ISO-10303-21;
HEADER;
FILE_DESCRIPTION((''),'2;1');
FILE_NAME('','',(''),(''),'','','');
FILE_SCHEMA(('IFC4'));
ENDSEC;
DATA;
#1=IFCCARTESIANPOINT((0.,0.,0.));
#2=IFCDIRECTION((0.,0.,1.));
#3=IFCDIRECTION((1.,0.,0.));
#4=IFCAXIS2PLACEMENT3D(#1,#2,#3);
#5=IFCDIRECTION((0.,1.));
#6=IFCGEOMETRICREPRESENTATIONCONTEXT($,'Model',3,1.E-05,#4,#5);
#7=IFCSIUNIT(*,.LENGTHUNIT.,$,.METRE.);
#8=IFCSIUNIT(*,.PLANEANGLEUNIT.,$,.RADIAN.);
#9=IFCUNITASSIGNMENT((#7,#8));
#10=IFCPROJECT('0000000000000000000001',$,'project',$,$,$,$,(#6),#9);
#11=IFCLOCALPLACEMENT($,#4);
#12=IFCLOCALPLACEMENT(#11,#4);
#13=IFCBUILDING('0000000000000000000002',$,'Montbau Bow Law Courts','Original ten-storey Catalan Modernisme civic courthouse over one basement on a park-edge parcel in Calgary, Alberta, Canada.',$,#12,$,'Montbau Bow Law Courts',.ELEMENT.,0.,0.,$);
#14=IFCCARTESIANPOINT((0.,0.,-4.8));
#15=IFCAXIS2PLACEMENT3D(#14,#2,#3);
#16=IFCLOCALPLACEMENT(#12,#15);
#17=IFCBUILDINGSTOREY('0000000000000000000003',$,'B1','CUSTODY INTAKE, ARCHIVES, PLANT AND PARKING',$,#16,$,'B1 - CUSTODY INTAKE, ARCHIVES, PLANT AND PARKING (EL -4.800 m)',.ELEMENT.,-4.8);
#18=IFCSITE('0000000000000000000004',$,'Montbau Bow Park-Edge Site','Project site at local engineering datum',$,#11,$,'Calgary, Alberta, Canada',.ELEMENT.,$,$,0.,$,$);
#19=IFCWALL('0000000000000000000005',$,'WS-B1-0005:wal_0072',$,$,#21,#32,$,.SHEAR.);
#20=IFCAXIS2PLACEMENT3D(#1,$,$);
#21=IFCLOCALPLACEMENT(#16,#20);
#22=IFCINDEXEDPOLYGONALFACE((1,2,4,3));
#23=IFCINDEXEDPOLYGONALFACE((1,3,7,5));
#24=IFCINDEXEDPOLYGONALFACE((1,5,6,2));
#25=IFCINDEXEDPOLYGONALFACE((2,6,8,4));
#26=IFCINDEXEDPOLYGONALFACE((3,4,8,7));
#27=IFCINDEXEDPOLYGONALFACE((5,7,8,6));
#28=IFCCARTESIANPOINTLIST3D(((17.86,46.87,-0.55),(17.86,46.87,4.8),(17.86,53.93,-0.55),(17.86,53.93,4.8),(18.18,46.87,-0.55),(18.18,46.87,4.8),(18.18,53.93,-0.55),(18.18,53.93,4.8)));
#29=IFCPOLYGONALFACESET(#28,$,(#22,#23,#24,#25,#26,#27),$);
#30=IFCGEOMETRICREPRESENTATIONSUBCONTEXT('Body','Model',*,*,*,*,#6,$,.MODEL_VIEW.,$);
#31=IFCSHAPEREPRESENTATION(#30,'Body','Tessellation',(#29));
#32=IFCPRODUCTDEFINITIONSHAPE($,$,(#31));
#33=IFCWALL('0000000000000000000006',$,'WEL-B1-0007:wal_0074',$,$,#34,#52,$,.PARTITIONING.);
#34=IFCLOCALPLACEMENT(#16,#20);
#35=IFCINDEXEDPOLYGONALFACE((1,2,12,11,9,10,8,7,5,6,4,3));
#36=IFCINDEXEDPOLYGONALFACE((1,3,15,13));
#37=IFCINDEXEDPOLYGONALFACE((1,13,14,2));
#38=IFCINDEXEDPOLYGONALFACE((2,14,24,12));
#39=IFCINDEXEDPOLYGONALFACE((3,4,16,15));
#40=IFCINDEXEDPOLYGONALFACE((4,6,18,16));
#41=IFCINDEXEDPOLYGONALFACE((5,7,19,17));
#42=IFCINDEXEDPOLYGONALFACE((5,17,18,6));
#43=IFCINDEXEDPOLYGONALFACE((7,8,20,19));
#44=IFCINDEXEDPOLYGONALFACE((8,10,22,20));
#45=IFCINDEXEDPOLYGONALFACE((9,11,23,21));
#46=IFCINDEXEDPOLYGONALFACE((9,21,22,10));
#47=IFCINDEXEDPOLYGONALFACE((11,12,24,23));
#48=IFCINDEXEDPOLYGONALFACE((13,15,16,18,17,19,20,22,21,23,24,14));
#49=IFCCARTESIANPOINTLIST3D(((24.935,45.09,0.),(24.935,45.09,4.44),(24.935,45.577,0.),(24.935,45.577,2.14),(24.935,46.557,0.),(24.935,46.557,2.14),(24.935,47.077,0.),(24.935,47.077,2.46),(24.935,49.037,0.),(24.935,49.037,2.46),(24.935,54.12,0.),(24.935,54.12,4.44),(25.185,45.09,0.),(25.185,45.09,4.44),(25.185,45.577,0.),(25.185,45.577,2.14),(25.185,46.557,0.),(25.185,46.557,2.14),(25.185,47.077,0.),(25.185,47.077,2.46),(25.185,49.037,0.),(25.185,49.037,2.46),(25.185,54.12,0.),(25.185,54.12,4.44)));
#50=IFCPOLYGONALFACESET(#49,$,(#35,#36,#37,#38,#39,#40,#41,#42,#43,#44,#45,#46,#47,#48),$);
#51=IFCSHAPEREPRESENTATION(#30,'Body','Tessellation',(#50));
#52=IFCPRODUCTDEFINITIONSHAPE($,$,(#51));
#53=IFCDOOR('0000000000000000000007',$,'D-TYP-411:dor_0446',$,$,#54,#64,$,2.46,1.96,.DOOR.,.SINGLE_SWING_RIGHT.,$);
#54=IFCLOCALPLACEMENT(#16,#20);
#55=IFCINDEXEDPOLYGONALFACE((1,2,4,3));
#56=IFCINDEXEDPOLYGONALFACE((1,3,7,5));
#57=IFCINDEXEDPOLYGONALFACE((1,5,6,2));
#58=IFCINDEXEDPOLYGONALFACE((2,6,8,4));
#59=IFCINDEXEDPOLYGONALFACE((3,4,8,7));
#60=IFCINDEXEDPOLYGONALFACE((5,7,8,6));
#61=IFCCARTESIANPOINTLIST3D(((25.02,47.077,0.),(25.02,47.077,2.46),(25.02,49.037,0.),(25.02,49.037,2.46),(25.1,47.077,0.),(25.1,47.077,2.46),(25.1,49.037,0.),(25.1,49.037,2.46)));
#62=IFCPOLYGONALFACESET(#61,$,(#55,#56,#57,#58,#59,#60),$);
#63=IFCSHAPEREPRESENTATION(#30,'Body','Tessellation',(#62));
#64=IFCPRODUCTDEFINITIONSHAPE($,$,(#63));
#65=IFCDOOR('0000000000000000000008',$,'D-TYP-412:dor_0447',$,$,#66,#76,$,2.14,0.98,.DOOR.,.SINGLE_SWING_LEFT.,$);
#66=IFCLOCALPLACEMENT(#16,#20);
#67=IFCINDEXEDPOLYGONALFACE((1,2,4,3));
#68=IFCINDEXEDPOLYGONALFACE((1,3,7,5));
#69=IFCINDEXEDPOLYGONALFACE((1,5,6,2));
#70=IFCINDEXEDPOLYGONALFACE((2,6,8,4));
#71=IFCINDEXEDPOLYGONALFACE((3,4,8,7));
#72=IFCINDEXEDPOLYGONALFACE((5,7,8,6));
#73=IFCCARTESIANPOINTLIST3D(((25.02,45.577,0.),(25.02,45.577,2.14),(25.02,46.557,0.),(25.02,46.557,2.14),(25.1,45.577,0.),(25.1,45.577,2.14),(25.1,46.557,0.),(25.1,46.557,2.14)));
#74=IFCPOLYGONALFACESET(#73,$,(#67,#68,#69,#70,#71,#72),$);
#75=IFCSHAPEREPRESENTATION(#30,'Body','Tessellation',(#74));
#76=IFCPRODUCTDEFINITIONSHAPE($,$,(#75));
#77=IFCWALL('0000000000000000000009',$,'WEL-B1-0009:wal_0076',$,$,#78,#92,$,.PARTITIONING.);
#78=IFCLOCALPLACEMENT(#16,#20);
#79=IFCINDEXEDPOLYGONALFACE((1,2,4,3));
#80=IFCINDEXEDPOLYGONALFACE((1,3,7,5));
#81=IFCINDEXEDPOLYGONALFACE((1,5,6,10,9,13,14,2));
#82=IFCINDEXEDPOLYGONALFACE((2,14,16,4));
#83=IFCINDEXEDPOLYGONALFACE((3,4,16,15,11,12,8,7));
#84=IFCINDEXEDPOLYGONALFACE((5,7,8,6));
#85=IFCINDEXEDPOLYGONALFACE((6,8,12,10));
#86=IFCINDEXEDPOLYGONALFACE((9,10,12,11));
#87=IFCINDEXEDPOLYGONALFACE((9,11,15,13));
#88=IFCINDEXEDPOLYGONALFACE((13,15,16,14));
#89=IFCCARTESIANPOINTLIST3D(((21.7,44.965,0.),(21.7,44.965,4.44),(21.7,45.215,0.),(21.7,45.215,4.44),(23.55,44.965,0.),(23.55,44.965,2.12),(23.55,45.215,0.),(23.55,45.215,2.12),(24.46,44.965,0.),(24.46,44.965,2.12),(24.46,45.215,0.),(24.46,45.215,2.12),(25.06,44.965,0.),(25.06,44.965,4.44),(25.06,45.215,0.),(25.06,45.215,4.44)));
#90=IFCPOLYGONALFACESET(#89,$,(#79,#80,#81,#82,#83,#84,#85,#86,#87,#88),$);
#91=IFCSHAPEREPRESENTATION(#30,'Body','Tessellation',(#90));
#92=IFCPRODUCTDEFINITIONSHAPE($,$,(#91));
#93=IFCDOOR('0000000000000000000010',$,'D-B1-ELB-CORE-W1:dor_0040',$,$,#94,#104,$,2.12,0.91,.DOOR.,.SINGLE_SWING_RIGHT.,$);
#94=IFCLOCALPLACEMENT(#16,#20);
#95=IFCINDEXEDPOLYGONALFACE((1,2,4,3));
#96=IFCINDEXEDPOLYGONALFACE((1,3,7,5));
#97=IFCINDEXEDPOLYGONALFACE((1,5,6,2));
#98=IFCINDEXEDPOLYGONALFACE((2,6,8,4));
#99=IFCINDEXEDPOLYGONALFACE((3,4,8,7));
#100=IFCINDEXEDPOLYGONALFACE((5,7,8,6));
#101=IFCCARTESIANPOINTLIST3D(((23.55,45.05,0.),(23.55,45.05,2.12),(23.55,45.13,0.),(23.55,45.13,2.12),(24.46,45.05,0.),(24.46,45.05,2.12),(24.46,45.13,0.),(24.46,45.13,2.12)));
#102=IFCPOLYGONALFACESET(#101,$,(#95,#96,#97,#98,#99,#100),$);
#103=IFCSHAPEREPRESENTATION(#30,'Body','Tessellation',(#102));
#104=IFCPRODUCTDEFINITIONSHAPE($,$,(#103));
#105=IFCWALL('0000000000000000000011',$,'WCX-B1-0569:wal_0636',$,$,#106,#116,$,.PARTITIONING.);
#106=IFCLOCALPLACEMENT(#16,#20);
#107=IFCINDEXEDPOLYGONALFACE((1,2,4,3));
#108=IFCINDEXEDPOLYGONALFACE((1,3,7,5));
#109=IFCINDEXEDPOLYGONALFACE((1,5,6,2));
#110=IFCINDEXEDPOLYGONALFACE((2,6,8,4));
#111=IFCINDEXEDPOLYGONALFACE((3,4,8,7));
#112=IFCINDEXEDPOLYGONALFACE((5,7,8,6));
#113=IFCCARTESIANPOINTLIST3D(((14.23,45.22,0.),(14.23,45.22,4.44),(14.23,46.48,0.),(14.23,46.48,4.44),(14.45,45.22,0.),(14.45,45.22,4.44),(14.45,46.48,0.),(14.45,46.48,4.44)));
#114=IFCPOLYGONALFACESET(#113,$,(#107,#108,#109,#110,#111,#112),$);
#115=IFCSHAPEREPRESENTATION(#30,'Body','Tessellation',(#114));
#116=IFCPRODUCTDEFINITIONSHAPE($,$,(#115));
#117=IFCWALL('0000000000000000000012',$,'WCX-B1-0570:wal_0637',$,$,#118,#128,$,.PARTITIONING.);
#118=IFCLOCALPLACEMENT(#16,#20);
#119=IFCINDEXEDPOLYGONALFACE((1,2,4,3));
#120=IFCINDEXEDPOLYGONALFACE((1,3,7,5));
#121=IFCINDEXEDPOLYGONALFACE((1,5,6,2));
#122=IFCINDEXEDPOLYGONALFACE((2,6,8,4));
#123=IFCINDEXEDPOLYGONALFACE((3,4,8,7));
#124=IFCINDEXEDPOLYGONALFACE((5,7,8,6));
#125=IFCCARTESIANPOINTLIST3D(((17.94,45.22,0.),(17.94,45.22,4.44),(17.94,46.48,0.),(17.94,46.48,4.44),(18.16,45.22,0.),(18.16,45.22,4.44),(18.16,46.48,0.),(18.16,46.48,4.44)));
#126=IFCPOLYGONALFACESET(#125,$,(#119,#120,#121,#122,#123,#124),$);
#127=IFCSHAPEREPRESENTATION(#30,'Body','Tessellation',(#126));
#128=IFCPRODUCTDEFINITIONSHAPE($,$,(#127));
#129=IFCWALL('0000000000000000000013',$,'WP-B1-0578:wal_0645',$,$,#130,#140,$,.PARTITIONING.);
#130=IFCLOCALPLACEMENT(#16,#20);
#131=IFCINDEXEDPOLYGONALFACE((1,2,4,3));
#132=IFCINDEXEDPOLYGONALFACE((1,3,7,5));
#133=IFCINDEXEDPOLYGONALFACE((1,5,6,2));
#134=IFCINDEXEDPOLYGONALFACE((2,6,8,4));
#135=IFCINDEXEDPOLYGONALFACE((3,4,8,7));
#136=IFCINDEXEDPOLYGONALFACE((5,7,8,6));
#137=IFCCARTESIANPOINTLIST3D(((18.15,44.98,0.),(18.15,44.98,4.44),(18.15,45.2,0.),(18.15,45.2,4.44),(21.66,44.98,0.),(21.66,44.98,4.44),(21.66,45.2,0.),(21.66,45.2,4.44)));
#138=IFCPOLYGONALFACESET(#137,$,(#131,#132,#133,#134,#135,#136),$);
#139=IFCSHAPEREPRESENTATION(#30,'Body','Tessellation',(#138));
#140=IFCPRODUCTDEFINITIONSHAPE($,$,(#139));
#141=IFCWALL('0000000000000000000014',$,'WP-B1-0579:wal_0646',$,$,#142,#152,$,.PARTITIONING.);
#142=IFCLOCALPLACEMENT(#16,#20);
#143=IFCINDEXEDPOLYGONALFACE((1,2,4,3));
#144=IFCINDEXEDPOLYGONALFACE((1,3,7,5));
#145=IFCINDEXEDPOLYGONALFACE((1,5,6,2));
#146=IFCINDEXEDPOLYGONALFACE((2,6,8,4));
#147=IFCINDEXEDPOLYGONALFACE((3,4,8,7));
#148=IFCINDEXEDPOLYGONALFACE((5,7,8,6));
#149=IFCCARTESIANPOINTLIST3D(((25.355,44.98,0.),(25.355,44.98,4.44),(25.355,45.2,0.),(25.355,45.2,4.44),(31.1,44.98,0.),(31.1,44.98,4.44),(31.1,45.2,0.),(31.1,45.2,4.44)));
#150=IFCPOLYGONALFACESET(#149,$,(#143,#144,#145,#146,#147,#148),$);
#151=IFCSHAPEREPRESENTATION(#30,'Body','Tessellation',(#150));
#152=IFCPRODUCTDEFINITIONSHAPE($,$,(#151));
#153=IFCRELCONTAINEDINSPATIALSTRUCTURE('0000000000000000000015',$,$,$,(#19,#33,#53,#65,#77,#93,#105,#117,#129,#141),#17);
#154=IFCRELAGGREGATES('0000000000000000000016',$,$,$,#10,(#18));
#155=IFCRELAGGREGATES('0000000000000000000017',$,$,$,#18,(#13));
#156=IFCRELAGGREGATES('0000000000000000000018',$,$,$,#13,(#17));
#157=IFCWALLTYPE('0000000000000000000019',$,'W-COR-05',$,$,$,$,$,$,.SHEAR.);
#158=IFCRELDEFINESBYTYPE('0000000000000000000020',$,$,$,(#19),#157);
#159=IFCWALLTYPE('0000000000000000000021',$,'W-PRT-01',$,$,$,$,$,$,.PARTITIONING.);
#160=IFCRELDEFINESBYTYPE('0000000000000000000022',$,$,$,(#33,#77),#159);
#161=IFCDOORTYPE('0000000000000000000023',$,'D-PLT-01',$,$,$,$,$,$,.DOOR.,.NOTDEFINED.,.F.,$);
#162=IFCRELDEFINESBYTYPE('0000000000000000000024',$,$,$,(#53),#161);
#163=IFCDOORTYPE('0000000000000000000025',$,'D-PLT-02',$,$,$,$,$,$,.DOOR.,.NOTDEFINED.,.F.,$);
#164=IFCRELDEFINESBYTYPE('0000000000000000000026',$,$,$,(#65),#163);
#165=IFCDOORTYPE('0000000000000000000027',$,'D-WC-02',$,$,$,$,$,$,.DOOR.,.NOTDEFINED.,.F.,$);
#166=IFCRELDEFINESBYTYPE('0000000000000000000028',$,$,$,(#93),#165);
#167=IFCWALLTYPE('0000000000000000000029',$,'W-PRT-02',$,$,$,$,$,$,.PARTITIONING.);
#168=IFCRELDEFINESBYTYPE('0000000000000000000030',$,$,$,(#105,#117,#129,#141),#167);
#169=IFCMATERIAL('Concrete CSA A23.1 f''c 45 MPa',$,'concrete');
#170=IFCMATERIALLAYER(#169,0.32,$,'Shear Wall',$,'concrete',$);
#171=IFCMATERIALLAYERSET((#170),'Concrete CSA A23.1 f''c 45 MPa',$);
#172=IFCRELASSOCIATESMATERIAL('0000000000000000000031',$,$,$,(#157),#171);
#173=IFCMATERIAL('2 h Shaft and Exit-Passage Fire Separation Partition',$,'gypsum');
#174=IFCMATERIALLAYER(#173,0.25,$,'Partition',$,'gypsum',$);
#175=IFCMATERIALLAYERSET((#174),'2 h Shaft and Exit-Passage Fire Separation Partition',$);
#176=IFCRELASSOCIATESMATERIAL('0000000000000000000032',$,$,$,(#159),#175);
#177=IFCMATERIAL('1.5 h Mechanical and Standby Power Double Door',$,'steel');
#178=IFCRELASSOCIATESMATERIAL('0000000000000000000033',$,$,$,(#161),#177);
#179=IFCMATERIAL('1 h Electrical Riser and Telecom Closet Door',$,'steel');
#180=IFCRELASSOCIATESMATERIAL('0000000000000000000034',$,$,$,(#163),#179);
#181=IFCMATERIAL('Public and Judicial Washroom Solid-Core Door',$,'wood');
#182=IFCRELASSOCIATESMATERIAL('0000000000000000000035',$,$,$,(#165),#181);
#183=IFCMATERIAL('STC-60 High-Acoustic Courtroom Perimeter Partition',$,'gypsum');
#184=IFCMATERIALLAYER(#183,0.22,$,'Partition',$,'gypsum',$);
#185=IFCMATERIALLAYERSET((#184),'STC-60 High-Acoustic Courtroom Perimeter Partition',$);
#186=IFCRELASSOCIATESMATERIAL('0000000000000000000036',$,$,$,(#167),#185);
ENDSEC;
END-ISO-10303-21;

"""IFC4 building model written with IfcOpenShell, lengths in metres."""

from ifc_helpers import new_model, si_unit, direction, frame, frame_2d, origin_with_axes, place, context, subcontext, project, spatial, rectangle, extrude, material, layer, layer_set, type_object, element, fill, save


model = new_model("IFC4")

# Units and contexts
model_context = context("Model", 3, precision=1e-05, world=origin_with_axes(), true_north=direction((0.0, 1.0)))
body_context = subcontext(model_context, "Body", "Model", "MODEL_VIEW")
ifc_project = project(units=[si_unit("LENGTHUNIT", "METRE"), si_unit("PLANEANGLEUNIT", "RADIAN")], contexts=[model_context])

# Site, building, storey
site_placement = place(None, origin_with_axes())
site = spatial("IfcSite", under=ifc_project, at=site_placement, Name="Montbau Bow Park-Edge Site", Description="Project site at local engineering datum", LongName="Calgary, Alberta, Canada", CompositionType="ELEMENT", RefElevation=0.0)
building_placement = place(site_placement, origin_with_axes())
building = spatial("IfcBuilding", under=site, at=building_placement, Name="Montbau Bow Law Courts", Description="Original ten-storey Catalan Modernisme civic courthouse over one basement on a park-edge parcel in Calgary, Alberta, Canada.", LongName="Montbau Bow Law Courts", CompositionType="ELEMENT", ElevationOfRefHeight=0.0, ElevationOfTerrain=0.0)
storey_placement = place(building_placement, frame((0.0, 0.0, -4.8), z_axis=(0.0, 0.0, 1.0), x_axis=(1.0, 0.0, 0.0)))
storey = spatial("IfcBuildingStorey", under=building, at=storey_placement, Name="B1", Description="CUSTODY INTAKE, ARCHIVES, PLANT AND PARKING", LongName="B1 - CUSTODY INTAKE, ARCHIVES, PLANT AND PARKING (EL -4.800 m)", CompositionType="ELEMENT", Elevation=-4.8)

# Shared definitions
ifc_material_1 = material(Name="Concrete CSA A23.1 f'c 45 MPa", Category="concrete")

# Wall
ifc_layer_1 = layer(ifc_material_1, 0.32, Name="Shear Wall", Category="concrete")
ifc_layer_set_1 = layer_set([ifc_layer_1], Name="Concrete CSA A23.1 f'c 45 MPa")
wall_type_1 = type_object("IfcWallType", Name="W-COR-05", PredefinedType="SHEAR", material=ifc_layer_set_1)
wall_1_placement = place(None, frame((18.02, 46.87, -5.35), z_axis=(0.0, 0.0, 1.0), x_axis=(0.0, 1.0, 0.0)))
element("IfcWall", 1, at=wall_1_placement, inside=storey, type_object=wall_type_1, Name="WS-B1-0005:wal_0072", PredefinedType="SHEAR", context=body_context, shape_type="SweptSolid", body=[
    extrude(rectangle(XDim=7.06, YDim=0.32, at=frame_2d((3.53, 0.0), x_axis=(1.0, 0.0))), origin_with_axes(), (0.0, 0.0, 1.0), 5.35),
])

# Wall, openings, doors
ifc_material_2 = material(Name="2 h Shaft and Exit-Passage Fire Separation Partition", Category="gypsum")
ifc_layer_2 = layer(ifc_material_2, 0.25, Name="Partition", Category="gypsum")
ifc_layer_set_2 = layer_set([ifc_layer_2], Name="2 h Shaft and Exit-Passage Fire Separation Partition")
wall_type_2 = type_object("IfcWallType", Name="W-PRT-01", PredefinedType="PARTITIONING", material=ifc_layer_set_2)
wall_2_placement = place(None, frame((25.06, 45.09, -4.8), z_axis=(0.0, 0.0, 1.0), x_axis=(0.0, 1.0, 0.0)))
wall_2 = element("IfcWall", 2, at=wall_2_placement, inside=storey, type_object=wall_type_2, Name="WEL-B1-0007:wal_0074", PredefinedType="PARTITIONING", context=body_context, shape_type="SweptSolid", body=[
    extrude(rectangle(XDim=9.03, YDim=0.25, at=frame_2d((4.515, 0.0), x_axis=(1.0, 0.0))), origin_with_axes(), (0.0, 0.0, 1.0), 4.44),
])
opening_1_placement = place(None, frame((25.06, 48.057, -4.8), z_axis=(0.0, 0.0, 1.0), x_axis=(0.0, 1.0, 0.0)))
opening_1 = element("IfcOpeningElement", 3, at=opening_1_placement, cuts=wall_2, PredefinedType="OPENING", context=body_context, shape_type="SweptSolid", body=[
    extrude(rectangle(XDim=1.96, YDim=2.46, at=frame_2d((0.0, 1.23), x_axis=(1.0, 0.0))), frame((0.0, 0.135, 0.0), z_axis=(0.0, -1.0, 0.0), x_axis=(1.0, 0.0, 0.0)), (0.0, 0.0, 1.0), 0.27),
])
opening_2_placement = place(None, frame((25.06, 46.067, -4.8), z_axis=(0.0, 0.0, 1.0), x_axis=(0.0, 1.0, 0.0)))
opening_2 = element("IfcOpeningElement", 4, at=opening_2_placement, cuts=wall_2, PredefinedType="OPENING", context=body_context, shape_type="SweptSolid", body=[
    extrude(rectangle(XDim=0.98, YDim=2.14, at=frame_2d((0.0, 1.07), x_axis=(1.0, 0.0))), frame((0.0, 0.135, 0.0), z_axis=(0.0, -1.0, 0.0), x_axis=(1.0, 0.0, 0.0)), (0.0, 0.0, 1.0), 0.27),
])
ifc_material_3 = material(Name="1.5 h Mechanical and Standby Power Double Door", Category="steel")
door_type_1 = type_object("IfcDoorType", Name="D-PLT-01", OperationType="NOTDEFINED", ParameterTakesPrecedence=False, PredefinedType="DOOR", material=ifc_material_3)
door_1_placement = place(None, frame((25.06, 48.057, -4.8), z_axis=(0.0, 0.0, 1.0), x_axis=(0.0, 1.0, 0.0)))
door_1 = element("IfcDoor", 5, at=door_1_placement, inside=storey, type_object=door_type_1, Name="D-TYP-411:dor_0446", OperationType="SINGLE_SWING_RIGHT", OverallHeight=2.46, OverallWidth=1.96, PredefinedType="DOOR", context=body_context, shape_type="SweptSolid", body=[
    extrude(rectangle(XDim=1.96, YDim=2.46, at=frame_2d((0.0, 1.23), x_axis=(1.0, 0.0))), frame((0.0, 0.04, 0.0), z_axis=(0.0, -1.0, 0.0), x_axis=(1.0, 0.0, 0.0)), (0.0, 0.0, 1.0), 0.08),
])
fill(opening_1, door_1)
ifc_material_4 = material(Name="1 h Electrical Riser and Telecom Closet Door", Category="steel")
door_type_2 = type_object("IfcDoorType", Name="D-PLT-02", OperationType="NOTDEFINED", ParameterTakesPrecedence=False, PredefinedType="DOOR", material=ifc_material_4)
door_2_placement = place(None, frame((25.06, 46.067, -4.8), z_axis=(0.0, 0.0, 1.0), x_axis=(0.0, 1.0, 0.0)))
door_2 = element("IfcDoor", 6, at=door_2_placement, inside=storey, type_object=door_type_2, Name="D-TYP-412:dor_0447", OperationType="SINGLE_SWING_LEFT", OverallHeight=2.14, OverallWidth=0.98, PredefinedType="DOOR", context=body_context, shape_type="SweptSolid", body=[
    extrude(rectangle(XDim=0.98, YDim=2.14, at=frame_2d((0.0, 1.07), x_axis=(1.0, 0.0))), frame((0.0, 0.04, 0.0), z_axis=(0.0, -1.0, 0.0), x_axis=(1.0, 0.0, 0.0)), (0.0, 0.0, 1.0), 0.08),
])
fill(opening_2, door_2)

# Wall, opening, door
wall_3_placement = place(None, frame((21.7, 45.09, -4.8), z_axis=(0.0, 0.0, 1.0), x_axis=(1.0, 0.0, 0.0)))
wall_3 = element("IfcWall", 7, at=wall_3_placement, inside=storey, type_object=wall_type_2, Name="WEL-B1-0009:wal_0076", PredefinedType="PARTITIONING", context=body_context, shape_type="SweptSolid", body=[
    extrude(rectangle(XDim=3.36, YDim=0.25, at=frame_2d((1.68, 0.0), x_axis=(1.0, 0.0))), origin_with_axes(), (0.0, 0.0, 1.0), 4.44),
])
opening_3_placement = place(None, frame((24.005, 45.09, -4.8), z_axis=(0.0, 0.0, 1.0), x_axis=(1.0, 0.0, 0.0)))
opening_3 = element("IfcOpeningElement", 8, at=opening_3_placement, cuts=wall_3, PredefinedType="OPENING", context=body_context, shape_type="SweptSolid", body=[
    extrude(rectangle(XDim=0.91, YDim=2.12, at=frame_2d((0.0, 1.06), x_axis=(1.0, 0.0))), frame((0.0, 0.135, 0.0), z_axis=(0.0, -1.0, 0.0), x_axis=(1.0, 0.0, 0.0)), (0.0, 0.0, 1.0), 0.27),
])
ifc_material_5 = material(Name="Public and Judicial Washroom Solid-Core Door", Category="wood")
door_type_3 = type_object("IfcDoorType", Name="D-WC-02", OperationType="NOTDEFINED", ParameterTakesPrecedence=False, PredefinedType="DOOR", material=ifc_material_5)
door_3_placement = place(None, frame((24.005, 45.09, -4.8), z_axis=(0.0, 0.0, 1.0), x_axis=(1.0, 0.0, 0.0)))
door_3 = element("IfcDoor", 9, at=door_3_placement, inside=storey, type_object=door_type_3, Name="D-B1-ELB-CORE-W1:dor_0040", OperationType="SINGLE_SWING_RIGHT", OverallHeight=2.12, OverallWidth=0.91, PredefinedType="DOOR", context=body_context, shape_type="SweptSolid", body=[
    extrude(rectangle(XDim=0.91, YDim=2.12, at=frame_2d((0.0, 1.06), x_axis=(1.0, 0.0))), frame((0.0, 0.04, 0.0), z_axis=(0.0, -1.0, 0.0), x_axis=(1.0, 0.0, 0.0)), (0.0, 0.0, 1.0), 0.08),
])
fill(opening_3, door_3)

# Walls
ifc_material_6 = material(Name="STC-60 High-Acoustic Courtroom Perimeter Partition", Category="gypsum")
ifc_layer_3 = layer(ifc_material_6, 0.22, Name="Partition", Category="gypsum")
ifc_layer_set_3 = layer_set([ifc_layer_3], Name="STC-60 High-Acoustic Courtroom Perimeter Partition")
wall_type_3 = type_object("IfcWallType", Name="W-PRT-02", PredefinedType="PARTITIONING", material=ifc_layer_set_3)
for number, where, z_axis, x_axis, name in (
    (10, (14.34, 45.22, -4.8), (0.0, 0.0, 1.0), (0.0, 1.0, 0.0), "WCX-B1-0569:wal_0636"),
    (11, (18.05, 45.22, -4.8), (0.0, 0.0, 1.0), (0.0, 1.0, 0.0), "WCX-B1-0570:wal_0637"),
):
    element("IfcWall", number, at=place(None, frame(where, z_axis=z_axis, x_axis=x_axis)), inside=storey, type_object=wall_type_3, Name=name, PredefinedType="PARTITIONING", context=body_context, shape_type="SweptSolid", body=[
        extrude(rectangle(XDim=1.26, YDim=0.22, at=frame_2d((0.63, 0.0), x_axis=(1.0, 0.0))), origin_with_axes(), (0.0, 0.0, 1.0), 4.44),
    ])
wall_4_placement = place(None, frame((18.15, 45.09, -4.8), z_axis=(0.0, 0.0, 1.0), x_axis=(1.0, 0.0, 0.0)))
element("IfcWall", 12, at=wall_4_placement, inside=storey, type_object=wall_type_3, Name="WP-B1-0578:wal_0645", PredefinedType="PARTITIONING", context=body_context, shape_type="SweptSolid", body=[
    extrude(rectangle(XDim=3.51, YDim=0.22, at=frame_2d((1.755, 0.0), x_axis=(1.0, 0.0))), origin_with_axes(), (0.0, 0.0, 1.0), 4.44),
])
wall_5_placement = place(None, frame((25.355, 45.09, -4.8), z_axis=(0.0, 0.0, 1.0), x_axis=(1.0, 0.0, 0.0)))
element("IfcWall", 13, at=wall_5_placement, inside=storey, type_object=wall_type_3, Name="WP-B1-0579:wal_0646", PredefinedType="PARTITIONING", context=body_context, shape_type="SweptSolid", body=[
    extrude(rectangle(XDim=5.745, YDim=0.22, at=frame_2d((2.8725, 0.0), x_axis=(1.0, 0.0))), origin_with_axes(), (0.0, 0.0, 1.0), 4.44),
])

save(model, "model.ifc")
